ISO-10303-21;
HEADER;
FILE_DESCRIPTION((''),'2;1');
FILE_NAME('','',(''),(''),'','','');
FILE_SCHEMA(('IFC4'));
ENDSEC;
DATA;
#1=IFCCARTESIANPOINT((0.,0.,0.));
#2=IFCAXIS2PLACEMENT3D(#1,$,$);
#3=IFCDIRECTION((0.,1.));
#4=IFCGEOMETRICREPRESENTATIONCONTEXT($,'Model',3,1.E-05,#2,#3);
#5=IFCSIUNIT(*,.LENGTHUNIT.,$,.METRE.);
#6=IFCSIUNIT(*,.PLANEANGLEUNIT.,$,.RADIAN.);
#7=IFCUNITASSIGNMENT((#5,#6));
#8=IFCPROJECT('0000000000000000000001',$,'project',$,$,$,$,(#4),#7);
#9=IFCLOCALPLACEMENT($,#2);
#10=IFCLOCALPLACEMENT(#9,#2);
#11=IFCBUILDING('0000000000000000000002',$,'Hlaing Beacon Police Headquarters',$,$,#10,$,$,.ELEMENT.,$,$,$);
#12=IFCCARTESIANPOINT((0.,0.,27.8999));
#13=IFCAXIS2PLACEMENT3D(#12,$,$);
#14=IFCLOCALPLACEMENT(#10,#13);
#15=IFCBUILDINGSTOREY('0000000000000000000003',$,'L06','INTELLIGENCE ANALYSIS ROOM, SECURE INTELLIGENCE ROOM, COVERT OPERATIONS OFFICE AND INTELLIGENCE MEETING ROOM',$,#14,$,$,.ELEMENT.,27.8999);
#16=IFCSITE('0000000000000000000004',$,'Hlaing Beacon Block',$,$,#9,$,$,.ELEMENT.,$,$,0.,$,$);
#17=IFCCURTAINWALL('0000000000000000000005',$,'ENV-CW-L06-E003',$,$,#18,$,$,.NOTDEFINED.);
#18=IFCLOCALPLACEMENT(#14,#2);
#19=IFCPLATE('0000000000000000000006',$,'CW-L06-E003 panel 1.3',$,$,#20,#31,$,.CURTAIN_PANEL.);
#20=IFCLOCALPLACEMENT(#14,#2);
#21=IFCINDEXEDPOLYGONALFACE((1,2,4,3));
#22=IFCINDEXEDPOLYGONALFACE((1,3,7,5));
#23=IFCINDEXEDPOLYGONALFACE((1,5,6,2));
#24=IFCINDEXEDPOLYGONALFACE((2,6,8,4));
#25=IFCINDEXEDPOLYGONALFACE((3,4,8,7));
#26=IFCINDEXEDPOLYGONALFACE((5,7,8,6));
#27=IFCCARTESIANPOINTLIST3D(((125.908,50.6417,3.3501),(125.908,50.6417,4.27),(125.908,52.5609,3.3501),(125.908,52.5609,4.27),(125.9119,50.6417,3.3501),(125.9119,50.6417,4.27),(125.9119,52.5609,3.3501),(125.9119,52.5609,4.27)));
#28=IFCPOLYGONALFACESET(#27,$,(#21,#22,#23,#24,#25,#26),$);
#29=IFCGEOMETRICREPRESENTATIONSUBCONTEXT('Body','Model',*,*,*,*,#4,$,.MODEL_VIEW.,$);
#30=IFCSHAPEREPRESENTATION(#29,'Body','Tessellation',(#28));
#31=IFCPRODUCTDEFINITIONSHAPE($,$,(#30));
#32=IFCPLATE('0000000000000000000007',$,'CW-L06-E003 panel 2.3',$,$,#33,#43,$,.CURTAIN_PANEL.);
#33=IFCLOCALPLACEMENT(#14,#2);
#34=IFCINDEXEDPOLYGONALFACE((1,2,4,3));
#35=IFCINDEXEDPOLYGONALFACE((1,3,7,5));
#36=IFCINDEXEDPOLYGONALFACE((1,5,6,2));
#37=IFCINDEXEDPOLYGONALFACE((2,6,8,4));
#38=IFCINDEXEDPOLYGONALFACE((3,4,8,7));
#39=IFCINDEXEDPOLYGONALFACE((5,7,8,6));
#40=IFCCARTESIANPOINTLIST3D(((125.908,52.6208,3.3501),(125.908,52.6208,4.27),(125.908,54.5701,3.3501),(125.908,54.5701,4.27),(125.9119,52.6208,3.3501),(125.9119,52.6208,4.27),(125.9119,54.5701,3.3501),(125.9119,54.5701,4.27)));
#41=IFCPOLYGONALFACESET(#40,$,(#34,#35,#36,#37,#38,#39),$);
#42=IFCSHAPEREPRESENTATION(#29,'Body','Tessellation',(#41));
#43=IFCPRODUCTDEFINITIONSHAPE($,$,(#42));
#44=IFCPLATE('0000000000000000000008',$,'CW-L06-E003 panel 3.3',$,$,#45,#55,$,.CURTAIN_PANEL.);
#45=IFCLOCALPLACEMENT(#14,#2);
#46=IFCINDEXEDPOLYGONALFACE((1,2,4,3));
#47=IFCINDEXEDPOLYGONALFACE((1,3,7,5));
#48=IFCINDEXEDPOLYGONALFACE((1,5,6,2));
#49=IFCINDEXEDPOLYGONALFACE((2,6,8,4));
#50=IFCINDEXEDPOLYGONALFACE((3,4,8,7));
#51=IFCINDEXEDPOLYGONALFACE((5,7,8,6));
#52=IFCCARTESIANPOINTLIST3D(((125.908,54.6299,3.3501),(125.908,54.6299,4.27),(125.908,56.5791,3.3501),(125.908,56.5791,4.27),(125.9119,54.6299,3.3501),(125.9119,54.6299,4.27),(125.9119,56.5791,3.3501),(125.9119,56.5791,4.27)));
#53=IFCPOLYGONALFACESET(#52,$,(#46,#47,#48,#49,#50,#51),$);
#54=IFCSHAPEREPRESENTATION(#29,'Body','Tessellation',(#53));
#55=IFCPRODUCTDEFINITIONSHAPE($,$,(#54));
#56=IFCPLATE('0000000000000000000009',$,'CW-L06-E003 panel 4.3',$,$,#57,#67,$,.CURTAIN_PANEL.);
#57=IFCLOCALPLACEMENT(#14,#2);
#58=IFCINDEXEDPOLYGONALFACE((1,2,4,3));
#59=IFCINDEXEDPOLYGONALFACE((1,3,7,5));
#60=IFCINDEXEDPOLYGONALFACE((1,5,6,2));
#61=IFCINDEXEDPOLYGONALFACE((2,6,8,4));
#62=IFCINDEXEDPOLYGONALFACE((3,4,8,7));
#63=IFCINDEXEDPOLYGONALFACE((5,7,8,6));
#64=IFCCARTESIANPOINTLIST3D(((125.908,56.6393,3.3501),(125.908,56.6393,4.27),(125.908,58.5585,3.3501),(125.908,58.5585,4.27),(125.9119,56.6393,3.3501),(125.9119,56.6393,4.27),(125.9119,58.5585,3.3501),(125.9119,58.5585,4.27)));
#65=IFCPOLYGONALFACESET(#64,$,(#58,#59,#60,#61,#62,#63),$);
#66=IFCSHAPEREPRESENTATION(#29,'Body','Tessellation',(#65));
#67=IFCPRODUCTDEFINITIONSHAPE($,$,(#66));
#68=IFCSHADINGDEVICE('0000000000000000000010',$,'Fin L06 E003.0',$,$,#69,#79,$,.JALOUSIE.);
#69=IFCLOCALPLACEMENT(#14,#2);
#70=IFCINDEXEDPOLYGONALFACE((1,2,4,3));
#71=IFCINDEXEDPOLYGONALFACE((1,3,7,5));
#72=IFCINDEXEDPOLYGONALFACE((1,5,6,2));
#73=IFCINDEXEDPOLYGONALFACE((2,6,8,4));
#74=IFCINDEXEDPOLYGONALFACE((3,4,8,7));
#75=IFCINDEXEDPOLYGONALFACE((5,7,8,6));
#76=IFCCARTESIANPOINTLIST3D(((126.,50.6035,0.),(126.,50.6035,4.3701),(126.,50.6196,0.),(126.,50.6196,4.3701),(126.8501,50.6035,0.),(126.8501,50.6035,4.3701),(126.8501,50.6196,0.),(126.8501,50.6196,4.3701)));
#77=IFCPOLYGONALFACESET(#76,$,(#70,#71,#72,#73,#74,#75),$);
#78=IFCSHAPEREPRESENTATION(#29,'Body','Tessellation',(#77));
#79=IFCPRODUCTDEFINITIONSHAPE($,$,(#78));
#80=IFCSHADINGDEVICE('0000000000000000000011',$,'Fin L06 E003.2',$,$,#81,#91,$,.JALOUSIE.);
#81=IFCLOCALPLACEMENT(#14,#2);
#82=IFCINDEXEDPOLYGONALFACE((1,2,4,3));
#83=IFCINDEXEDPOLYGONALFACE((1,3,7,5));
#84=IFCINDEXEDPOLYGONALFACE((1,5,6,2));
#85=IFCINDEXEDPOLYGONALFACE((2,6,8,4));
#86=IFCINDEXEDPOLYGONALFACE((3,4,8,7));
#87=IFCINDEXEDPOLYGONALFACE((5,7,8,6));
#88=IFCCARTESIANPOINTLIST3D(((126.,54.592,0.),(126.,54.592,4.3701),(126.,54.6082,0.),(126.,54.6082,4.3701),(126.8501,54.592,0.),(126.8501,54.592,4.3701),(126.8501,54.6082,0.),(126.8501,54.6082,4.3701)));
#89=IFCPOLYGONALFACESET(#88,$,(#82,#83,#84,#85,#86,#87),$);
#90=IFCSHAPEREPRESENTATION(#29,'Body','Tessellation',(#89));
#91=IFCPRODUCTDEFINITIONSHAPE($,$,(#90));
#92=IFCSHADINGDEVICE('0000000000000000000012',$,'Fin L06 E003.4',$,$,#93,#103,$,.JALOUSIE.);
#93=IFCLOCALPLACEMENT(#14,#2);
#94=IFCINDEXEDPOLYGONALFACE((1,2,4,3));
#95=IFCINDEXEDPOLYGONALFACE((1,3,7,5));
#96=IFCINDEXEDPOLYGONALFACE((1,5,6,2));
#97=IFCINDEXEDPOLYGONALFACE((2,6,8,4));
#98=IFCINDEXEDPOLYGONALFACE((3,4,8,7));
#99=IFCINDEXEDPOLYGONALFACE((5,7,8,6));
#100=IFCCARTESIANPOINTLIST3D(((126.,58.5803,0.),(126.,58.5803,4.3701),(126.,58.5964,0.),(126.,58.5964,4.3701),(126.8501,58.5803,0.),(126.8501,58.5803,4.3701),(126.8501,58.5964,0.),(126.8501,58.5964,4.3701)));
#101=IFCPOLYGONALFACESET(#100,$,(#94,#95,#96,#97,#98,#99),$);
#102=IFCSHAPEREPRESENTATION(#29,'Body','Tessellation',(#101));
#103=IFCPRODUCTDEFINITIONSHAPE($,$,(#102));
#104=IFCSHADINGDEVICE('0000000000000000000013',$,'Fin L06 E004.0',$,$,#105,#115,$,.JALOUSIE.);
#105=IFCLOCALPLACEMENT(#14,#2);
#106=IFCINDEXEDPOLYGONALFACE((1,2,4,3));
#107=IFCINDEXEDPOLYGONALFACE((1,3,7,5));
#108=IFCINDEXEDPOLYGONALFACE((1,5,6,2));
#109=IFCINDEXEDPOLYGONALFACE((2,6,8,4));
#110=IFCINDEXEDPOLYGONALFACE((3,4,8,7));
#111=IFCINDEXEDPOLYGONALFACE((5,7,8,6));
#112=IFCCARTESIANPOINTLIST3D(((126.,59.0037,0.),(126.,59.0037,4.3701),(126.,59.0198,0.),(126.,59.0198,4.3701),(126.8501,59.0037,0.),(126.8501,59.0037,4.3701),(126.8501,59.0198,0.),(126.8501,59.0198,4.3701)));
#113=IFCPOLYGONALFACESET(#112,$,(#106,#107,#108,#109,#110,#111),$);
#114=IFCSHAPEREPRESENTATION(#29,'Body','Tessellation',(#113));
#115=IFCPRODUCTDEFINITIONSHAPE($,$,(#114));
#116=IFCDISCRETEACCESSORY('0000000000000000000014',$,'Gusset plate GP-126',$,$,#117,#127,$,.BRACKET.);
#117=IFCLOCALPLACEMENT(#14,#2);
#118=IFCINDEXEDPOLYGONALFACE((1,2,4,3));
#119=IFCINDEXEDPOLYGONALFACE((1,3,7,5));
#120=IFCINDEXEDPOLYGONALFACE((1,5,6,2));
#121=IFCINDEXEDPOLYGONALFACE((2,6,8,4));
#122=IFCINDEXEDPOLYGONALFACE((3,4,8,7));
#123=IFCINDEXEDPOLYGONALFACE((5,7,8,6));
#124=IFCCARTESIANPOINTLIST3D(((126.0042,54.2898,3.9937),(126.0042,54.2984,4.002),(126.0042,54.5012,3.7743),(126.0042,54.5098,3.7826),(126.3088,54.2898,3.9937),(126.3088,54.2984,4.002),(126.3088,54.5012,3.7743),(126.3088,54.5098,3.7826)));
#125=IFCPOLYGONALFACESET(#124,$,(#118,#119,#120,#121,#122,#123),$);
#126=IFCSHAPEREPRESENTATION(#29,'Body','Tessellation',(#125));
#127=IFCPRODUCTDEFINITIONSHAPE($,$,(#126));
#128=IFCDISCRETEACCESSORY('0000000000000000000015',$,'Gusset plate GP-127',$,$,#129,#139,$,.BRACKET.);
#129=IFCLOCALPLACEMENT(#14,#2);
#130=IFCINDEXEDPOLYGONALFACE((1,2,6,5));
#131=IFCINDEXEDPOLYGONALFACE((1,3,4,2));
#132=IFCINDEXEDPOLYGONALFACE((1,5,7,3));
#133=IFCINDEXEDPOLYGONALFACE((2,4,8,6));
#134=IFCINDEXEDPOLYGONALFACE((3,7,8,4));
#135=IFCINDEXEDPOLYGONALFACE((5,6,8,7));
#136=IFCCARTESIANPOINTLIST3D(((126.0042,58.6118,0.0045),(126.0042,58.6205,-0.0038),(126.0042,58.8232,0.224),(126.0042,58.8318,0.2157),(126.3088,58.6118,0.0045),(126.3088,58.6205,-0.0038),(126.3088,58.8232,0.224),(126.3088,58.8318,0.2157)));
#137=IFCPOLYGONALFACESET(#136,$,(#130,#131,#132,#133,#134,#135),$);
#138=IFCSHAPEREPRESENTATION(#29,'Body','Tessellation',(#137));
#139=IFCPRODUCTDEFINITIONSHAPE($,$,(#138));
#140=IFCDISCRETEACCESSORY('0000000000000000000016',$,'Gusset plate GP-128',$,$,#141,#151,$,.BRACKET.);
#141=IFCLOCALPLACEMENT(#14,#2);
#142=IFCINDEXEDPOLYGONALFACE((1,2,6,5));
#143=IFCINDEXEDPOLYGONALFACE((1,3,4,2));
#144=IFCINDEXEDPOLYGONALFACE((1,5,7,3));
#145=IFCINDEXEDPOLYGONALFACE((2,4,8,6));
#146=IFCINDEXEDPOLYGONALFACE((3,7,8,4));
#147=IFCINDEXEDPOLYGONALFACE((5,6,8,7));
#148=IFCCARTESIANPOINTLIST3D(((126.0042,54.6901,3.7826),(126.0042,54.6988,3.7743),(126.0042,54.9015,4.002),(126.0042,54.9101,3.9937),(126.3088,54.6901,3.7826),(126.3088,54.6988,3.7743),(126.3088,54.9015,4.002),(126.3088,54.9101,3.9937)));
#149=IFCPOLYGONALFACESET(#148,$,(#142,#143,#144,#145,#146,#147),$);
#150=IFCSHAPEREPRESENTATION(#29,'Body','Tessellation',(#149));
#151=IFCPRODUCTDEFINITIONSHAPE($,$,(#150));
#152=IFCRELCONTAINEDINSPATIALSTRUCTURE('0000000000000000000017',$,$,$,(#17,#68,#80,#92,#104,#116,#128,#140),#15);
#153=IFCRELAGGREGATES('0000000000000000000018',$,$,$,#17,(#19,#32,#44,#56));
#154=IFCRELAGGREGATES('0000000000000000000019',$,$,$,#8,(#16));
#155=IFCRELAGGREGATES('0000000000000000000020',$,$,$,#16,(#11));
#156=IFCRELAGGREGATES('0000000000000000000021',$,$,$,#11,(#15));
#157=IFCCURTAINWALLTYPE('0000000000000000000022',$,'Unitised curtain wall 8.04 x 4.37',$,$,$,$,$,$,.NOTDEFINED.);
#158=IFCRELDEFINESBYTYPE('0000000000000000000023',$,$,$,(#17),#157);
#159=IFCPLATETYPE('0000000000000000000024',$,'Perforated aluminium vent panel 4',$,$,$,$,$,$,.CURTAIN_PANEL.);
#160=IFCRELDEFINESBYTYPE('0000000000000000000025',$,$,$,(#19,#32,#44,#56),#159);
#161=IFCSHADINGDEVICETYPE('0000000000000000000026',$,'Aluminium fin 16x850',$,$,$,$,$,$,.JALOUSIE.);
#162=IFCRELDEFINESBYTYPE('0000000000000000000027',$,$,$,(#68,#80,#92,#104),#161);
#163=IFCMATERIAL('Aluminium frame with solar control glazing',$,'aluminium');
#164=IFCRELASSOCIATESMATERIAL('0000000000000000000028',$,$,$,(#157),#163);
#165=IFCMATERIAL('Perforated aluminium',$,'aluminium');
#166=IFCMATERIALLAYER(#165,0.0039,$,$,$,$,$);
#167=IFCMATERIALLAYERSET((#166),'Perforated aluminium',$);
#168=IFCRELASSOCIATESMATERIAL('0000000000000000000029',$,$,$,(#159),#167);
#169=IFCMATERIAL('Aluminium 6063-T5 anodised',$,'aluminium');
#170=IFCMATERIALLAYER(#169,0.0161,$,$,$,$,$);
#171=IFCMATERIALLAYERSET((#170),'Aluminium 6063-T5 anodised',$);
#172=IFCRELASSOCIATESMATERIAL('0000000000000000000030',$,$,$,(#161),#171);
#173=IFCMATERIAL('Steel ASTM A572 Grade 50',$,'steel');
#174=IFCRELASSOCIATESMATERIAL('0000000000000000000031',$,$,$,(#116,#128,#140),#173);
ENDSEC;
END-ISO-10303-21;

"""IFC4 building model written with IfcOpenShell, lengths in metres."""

from ifc_helpers import new_model, si_unit, direction, frame, origin, origin_2d, place, context, subcontext, project, spatial, rectangle, extrude, material, layer, layer_set, type_object, element, aggregate, save


model = new_model("IFC4")

# Units and contexts
model_context = context("Model", 3, precision=1e-05, world=origin(), true_north=direction((0.0, 1.0)))
body_context = subcontext(model_context, "Body", "Model", "MODEL_VIEW")
ifc_project = project(units=[si_unit("LENGTHUNIT", "METRE"), si_unit("PLANEANGLEUNIT", "RADIAN")], contexts=[model_context])

# Site, building, storey
site_placement = place(None, origin())
site = spatial("IfcSite", under=ifc_project, at=site_placement, Name="Hlaing Beacon Block", CompositionType="ELEMENT", RefElevation=0.0)
building_placement = place(site_placement, origin())
building = spatial("IfcBuilding", under=site, at=building_placement, Name="Hlaing Beacon Police Headquarters", CompositionType="ELEMENT")
storey_placement = place(building_placement, frame((0.0, 0.0, 27.8999)))
storey = spatial("IfcBuildingStorey", under=building, at=storey_placement, Name="L06", Description="INTELLIGENCE ANALYSIS ROOM, SECURE INTELLIGENCE ROOM, COVERT OPERATIONS OFFICE AND INTELLIGENCE MEETING ROOM", CompositionType="ELEMENT", Elevation=27.8999)

# Curtain wall
ifc_material_1 = material(Name="Aluminium frame with solar control glazing", Category="aluminium")
curtain_wall_type = type_object("IfcCurtainWallType", Name="Unitised curtain wall 8.04 x 4.37", PredefinedType="NOTDEFINED", material=ifc_material_1)
curtain_wall_1_placement = place(storey_placement, origin())
curtain_wall_1 = element("IfcCurtainWall", 1, at=curtain_wall_1_placement, inside=storey, type_object=curtain_wall_type, Name="ENV-CW-L06-E003", PredefinedType="NOTDEFINED")

# Plates
ifc_material_2 = material(Name="Perforated aluminium", Category="aluminium")
ifc_layer_1 = layer(ifc_material_2, 0.0039)
ifc_layer_set_1 = layer_set([ifc_layer_1], Name="Perforated aluminium")
plate_type_1 = type_object("IfcPlateType", Name="Perforated aluminium vent panel 4", PredefinedType="CURTAIN_PANEL", material=ifc_layer_set_1)
plate_1_placement = place(storey_placement, frame((125.9099, 51.6013, 3.3501), z_axis=(0.0, 0.0, 1.0), x_axis=(0.0, 1.0, 0.0)))
plate_1 = element("IfcPlate", 2, at=plate_1_placement, type_object=plate_type_1, Name="CW-L06-E003 panel 1.3", PredefinedType="CURTAIN_PANEL", context=body_context, shape_type="SweptSolid", body=[
    extrude(rectangle(XDim=1.9192, YDim=0.0039, at=origin_2d()), origin(), (0.0, 0.0, 1.0), 0.9199),
])
plate_2_placement = place(storey_placement, frame((125.9099, 53.5955, 3.3501), z_axis=(0.0, 0.0, 1.0), x_axis=(0.0, 1.0, 0.0)))
plate_2 = element("IfcPlate", 3, at=plate_2_placement, type_object=plate_type_1, Name="CW-L06-E003 panel 2.3", PredefinedType="CURTAIN_PANEL", context=body_context, shape_type="SweptSolid", body=[
    extrude(rectangle(XDim=1.9492, YDim=0.0039, at=origin_2d()), origin(), (0.0, 0.0, 1.0), 0.9199),
])
plate_3_placement = place(storey_placement, frame((125.9099, 55.6045, 3.3501), z_axis=(0.0, 0.0, 1.0), x_axis=(0.0, 1.0, 0.0)))
plate_3 = element("IfcPlate", 4, at=plate_3_placement, type_object=plate_type_1, Name="CW-L06-E003 panel 3.3", PredefinedType="CURTAIN_PANEL", context=body_context, shape_type="SweptSolid", body=[
    extrude(rectangle(XDim=1.9492, YDim=0.0039, at=origin_2d()), origin(), (0.0, 0.0, 1.0), 0.9199),
])
plate_4_placement = place(storey_placement, frame((125.9099, 57.5989, 3.3501), z_axis=(0.0, 0.0, 1.0), x_axis=(0.0, 1.0, 0.0)))
plate_4 = element("IfcPlate", 5, at=plate_4_placement, type_object=plate_type_1, Name="CW-L06-E003 panel 4.3", PredefinedType="CURTAIN_PANEL", context=body_context, shape_type="SweptSolid", body=[
    extrude(rectangle(XDim=1.9192, YDim=0.0039, at=origin_2d()), origin(), (0.0, 0.0, 1.0), 0.9199),
])
aggregate(curtain_wall_1, [plate_1, plate_2, plate_3, plate_4])

# Shading devices
ifc_material_3 = material(Name="Aluminium 6063-T5 anodised", Category="aluminium")
ifc_layer_2 = layer(ifc_material_3, 0.0161)
ifc_layer_set_2 = layer_set([ifc_layer_2], Name="Aluminium 6063-T5 anodised")
shading_device_type = type_object("IfcShadingDeviceType", Name="Aluminium fin 16x850", PredefinedType="JALOUSIE", material=ifc_layer_set_2)
for number, where, z_axis, x_axis, name in (
    (6, (126.425, 50.6116, 0.0), (0.0, 0.0, 1.0), (0.0, 1.0, 0.0), "Fin L06 E003.0"),
    (7, (126.425, 54.6001, 0.0), (0.0, 0.0, 1.0), (0.0, 1.0, 0.0), "Fin L06 E003.2"),
    (8, (126.425, 58.5884, 0.0), (0.0, 0.0, 1.0), (0.0, 1.0, 0.0), "Fin L06 E003.4"),
    (9, (126.425, 59.0117, 0.0), (0.0, 0.0, 1.0), (0.0, 1.0, 0.0), "Fin L06 E004.0"),
):
    element("IfcShadingDevice", number, at=place(storey_placement, frame(where, z_axis=z_axis, x_axis=x_axis)), inside=storey, type_object=shading_device_type, Name=name, PredefinedType="JALOUSIE", context=body_context, shape_type="SweptSolid", body=[
        extrude(rectangle(XDim=0.0161, YDim=0.8501, at=origin_2d()), origin(), (0.0, 0.0, 1.0), 4.3701),
    ])

# Discrete accessories
ifc_material_4 = material(Name="Steel ASTM A572 Grade 50", Category="steel")
for number, where, z_axis, x_axis, name in (
    (10, (126.1565, 54.3955, 3.884), (0.0, 0.720187, 0.69378), (-1.0, 0.0, 0.0), "Gusset plate GP-126"),
    (11, (126.1565, 58.7175, 0.1143), (0.0, 0.720187, -0.69378), (-1.0, 0.0, 0.0), "Gusset plate GP-127"),
    (12, (126.1565, 54.8044, 3.884), (0.0, -0.720187, 0.69378), (1.0, 0.0, 0.0), "Gusset plate GP-128"),
):
    element("IfcDiscreteAccessory", number, at=place(storey_placement, frame(where, z_axis=z_axis, x_axis=x_axis)), inside=storey, material=ifc_material_4, Name=name, PredefinedType="BRACKET", context=body_context, shape_type="SweptSolid", body=[
        extrude(rectangle(XDim=0.3047, YDim=0.3047, at=origin_2d()), origin(), (0.0, 0.0, 1.0), 0.012),
    ])

save(model, "model.ifc")
